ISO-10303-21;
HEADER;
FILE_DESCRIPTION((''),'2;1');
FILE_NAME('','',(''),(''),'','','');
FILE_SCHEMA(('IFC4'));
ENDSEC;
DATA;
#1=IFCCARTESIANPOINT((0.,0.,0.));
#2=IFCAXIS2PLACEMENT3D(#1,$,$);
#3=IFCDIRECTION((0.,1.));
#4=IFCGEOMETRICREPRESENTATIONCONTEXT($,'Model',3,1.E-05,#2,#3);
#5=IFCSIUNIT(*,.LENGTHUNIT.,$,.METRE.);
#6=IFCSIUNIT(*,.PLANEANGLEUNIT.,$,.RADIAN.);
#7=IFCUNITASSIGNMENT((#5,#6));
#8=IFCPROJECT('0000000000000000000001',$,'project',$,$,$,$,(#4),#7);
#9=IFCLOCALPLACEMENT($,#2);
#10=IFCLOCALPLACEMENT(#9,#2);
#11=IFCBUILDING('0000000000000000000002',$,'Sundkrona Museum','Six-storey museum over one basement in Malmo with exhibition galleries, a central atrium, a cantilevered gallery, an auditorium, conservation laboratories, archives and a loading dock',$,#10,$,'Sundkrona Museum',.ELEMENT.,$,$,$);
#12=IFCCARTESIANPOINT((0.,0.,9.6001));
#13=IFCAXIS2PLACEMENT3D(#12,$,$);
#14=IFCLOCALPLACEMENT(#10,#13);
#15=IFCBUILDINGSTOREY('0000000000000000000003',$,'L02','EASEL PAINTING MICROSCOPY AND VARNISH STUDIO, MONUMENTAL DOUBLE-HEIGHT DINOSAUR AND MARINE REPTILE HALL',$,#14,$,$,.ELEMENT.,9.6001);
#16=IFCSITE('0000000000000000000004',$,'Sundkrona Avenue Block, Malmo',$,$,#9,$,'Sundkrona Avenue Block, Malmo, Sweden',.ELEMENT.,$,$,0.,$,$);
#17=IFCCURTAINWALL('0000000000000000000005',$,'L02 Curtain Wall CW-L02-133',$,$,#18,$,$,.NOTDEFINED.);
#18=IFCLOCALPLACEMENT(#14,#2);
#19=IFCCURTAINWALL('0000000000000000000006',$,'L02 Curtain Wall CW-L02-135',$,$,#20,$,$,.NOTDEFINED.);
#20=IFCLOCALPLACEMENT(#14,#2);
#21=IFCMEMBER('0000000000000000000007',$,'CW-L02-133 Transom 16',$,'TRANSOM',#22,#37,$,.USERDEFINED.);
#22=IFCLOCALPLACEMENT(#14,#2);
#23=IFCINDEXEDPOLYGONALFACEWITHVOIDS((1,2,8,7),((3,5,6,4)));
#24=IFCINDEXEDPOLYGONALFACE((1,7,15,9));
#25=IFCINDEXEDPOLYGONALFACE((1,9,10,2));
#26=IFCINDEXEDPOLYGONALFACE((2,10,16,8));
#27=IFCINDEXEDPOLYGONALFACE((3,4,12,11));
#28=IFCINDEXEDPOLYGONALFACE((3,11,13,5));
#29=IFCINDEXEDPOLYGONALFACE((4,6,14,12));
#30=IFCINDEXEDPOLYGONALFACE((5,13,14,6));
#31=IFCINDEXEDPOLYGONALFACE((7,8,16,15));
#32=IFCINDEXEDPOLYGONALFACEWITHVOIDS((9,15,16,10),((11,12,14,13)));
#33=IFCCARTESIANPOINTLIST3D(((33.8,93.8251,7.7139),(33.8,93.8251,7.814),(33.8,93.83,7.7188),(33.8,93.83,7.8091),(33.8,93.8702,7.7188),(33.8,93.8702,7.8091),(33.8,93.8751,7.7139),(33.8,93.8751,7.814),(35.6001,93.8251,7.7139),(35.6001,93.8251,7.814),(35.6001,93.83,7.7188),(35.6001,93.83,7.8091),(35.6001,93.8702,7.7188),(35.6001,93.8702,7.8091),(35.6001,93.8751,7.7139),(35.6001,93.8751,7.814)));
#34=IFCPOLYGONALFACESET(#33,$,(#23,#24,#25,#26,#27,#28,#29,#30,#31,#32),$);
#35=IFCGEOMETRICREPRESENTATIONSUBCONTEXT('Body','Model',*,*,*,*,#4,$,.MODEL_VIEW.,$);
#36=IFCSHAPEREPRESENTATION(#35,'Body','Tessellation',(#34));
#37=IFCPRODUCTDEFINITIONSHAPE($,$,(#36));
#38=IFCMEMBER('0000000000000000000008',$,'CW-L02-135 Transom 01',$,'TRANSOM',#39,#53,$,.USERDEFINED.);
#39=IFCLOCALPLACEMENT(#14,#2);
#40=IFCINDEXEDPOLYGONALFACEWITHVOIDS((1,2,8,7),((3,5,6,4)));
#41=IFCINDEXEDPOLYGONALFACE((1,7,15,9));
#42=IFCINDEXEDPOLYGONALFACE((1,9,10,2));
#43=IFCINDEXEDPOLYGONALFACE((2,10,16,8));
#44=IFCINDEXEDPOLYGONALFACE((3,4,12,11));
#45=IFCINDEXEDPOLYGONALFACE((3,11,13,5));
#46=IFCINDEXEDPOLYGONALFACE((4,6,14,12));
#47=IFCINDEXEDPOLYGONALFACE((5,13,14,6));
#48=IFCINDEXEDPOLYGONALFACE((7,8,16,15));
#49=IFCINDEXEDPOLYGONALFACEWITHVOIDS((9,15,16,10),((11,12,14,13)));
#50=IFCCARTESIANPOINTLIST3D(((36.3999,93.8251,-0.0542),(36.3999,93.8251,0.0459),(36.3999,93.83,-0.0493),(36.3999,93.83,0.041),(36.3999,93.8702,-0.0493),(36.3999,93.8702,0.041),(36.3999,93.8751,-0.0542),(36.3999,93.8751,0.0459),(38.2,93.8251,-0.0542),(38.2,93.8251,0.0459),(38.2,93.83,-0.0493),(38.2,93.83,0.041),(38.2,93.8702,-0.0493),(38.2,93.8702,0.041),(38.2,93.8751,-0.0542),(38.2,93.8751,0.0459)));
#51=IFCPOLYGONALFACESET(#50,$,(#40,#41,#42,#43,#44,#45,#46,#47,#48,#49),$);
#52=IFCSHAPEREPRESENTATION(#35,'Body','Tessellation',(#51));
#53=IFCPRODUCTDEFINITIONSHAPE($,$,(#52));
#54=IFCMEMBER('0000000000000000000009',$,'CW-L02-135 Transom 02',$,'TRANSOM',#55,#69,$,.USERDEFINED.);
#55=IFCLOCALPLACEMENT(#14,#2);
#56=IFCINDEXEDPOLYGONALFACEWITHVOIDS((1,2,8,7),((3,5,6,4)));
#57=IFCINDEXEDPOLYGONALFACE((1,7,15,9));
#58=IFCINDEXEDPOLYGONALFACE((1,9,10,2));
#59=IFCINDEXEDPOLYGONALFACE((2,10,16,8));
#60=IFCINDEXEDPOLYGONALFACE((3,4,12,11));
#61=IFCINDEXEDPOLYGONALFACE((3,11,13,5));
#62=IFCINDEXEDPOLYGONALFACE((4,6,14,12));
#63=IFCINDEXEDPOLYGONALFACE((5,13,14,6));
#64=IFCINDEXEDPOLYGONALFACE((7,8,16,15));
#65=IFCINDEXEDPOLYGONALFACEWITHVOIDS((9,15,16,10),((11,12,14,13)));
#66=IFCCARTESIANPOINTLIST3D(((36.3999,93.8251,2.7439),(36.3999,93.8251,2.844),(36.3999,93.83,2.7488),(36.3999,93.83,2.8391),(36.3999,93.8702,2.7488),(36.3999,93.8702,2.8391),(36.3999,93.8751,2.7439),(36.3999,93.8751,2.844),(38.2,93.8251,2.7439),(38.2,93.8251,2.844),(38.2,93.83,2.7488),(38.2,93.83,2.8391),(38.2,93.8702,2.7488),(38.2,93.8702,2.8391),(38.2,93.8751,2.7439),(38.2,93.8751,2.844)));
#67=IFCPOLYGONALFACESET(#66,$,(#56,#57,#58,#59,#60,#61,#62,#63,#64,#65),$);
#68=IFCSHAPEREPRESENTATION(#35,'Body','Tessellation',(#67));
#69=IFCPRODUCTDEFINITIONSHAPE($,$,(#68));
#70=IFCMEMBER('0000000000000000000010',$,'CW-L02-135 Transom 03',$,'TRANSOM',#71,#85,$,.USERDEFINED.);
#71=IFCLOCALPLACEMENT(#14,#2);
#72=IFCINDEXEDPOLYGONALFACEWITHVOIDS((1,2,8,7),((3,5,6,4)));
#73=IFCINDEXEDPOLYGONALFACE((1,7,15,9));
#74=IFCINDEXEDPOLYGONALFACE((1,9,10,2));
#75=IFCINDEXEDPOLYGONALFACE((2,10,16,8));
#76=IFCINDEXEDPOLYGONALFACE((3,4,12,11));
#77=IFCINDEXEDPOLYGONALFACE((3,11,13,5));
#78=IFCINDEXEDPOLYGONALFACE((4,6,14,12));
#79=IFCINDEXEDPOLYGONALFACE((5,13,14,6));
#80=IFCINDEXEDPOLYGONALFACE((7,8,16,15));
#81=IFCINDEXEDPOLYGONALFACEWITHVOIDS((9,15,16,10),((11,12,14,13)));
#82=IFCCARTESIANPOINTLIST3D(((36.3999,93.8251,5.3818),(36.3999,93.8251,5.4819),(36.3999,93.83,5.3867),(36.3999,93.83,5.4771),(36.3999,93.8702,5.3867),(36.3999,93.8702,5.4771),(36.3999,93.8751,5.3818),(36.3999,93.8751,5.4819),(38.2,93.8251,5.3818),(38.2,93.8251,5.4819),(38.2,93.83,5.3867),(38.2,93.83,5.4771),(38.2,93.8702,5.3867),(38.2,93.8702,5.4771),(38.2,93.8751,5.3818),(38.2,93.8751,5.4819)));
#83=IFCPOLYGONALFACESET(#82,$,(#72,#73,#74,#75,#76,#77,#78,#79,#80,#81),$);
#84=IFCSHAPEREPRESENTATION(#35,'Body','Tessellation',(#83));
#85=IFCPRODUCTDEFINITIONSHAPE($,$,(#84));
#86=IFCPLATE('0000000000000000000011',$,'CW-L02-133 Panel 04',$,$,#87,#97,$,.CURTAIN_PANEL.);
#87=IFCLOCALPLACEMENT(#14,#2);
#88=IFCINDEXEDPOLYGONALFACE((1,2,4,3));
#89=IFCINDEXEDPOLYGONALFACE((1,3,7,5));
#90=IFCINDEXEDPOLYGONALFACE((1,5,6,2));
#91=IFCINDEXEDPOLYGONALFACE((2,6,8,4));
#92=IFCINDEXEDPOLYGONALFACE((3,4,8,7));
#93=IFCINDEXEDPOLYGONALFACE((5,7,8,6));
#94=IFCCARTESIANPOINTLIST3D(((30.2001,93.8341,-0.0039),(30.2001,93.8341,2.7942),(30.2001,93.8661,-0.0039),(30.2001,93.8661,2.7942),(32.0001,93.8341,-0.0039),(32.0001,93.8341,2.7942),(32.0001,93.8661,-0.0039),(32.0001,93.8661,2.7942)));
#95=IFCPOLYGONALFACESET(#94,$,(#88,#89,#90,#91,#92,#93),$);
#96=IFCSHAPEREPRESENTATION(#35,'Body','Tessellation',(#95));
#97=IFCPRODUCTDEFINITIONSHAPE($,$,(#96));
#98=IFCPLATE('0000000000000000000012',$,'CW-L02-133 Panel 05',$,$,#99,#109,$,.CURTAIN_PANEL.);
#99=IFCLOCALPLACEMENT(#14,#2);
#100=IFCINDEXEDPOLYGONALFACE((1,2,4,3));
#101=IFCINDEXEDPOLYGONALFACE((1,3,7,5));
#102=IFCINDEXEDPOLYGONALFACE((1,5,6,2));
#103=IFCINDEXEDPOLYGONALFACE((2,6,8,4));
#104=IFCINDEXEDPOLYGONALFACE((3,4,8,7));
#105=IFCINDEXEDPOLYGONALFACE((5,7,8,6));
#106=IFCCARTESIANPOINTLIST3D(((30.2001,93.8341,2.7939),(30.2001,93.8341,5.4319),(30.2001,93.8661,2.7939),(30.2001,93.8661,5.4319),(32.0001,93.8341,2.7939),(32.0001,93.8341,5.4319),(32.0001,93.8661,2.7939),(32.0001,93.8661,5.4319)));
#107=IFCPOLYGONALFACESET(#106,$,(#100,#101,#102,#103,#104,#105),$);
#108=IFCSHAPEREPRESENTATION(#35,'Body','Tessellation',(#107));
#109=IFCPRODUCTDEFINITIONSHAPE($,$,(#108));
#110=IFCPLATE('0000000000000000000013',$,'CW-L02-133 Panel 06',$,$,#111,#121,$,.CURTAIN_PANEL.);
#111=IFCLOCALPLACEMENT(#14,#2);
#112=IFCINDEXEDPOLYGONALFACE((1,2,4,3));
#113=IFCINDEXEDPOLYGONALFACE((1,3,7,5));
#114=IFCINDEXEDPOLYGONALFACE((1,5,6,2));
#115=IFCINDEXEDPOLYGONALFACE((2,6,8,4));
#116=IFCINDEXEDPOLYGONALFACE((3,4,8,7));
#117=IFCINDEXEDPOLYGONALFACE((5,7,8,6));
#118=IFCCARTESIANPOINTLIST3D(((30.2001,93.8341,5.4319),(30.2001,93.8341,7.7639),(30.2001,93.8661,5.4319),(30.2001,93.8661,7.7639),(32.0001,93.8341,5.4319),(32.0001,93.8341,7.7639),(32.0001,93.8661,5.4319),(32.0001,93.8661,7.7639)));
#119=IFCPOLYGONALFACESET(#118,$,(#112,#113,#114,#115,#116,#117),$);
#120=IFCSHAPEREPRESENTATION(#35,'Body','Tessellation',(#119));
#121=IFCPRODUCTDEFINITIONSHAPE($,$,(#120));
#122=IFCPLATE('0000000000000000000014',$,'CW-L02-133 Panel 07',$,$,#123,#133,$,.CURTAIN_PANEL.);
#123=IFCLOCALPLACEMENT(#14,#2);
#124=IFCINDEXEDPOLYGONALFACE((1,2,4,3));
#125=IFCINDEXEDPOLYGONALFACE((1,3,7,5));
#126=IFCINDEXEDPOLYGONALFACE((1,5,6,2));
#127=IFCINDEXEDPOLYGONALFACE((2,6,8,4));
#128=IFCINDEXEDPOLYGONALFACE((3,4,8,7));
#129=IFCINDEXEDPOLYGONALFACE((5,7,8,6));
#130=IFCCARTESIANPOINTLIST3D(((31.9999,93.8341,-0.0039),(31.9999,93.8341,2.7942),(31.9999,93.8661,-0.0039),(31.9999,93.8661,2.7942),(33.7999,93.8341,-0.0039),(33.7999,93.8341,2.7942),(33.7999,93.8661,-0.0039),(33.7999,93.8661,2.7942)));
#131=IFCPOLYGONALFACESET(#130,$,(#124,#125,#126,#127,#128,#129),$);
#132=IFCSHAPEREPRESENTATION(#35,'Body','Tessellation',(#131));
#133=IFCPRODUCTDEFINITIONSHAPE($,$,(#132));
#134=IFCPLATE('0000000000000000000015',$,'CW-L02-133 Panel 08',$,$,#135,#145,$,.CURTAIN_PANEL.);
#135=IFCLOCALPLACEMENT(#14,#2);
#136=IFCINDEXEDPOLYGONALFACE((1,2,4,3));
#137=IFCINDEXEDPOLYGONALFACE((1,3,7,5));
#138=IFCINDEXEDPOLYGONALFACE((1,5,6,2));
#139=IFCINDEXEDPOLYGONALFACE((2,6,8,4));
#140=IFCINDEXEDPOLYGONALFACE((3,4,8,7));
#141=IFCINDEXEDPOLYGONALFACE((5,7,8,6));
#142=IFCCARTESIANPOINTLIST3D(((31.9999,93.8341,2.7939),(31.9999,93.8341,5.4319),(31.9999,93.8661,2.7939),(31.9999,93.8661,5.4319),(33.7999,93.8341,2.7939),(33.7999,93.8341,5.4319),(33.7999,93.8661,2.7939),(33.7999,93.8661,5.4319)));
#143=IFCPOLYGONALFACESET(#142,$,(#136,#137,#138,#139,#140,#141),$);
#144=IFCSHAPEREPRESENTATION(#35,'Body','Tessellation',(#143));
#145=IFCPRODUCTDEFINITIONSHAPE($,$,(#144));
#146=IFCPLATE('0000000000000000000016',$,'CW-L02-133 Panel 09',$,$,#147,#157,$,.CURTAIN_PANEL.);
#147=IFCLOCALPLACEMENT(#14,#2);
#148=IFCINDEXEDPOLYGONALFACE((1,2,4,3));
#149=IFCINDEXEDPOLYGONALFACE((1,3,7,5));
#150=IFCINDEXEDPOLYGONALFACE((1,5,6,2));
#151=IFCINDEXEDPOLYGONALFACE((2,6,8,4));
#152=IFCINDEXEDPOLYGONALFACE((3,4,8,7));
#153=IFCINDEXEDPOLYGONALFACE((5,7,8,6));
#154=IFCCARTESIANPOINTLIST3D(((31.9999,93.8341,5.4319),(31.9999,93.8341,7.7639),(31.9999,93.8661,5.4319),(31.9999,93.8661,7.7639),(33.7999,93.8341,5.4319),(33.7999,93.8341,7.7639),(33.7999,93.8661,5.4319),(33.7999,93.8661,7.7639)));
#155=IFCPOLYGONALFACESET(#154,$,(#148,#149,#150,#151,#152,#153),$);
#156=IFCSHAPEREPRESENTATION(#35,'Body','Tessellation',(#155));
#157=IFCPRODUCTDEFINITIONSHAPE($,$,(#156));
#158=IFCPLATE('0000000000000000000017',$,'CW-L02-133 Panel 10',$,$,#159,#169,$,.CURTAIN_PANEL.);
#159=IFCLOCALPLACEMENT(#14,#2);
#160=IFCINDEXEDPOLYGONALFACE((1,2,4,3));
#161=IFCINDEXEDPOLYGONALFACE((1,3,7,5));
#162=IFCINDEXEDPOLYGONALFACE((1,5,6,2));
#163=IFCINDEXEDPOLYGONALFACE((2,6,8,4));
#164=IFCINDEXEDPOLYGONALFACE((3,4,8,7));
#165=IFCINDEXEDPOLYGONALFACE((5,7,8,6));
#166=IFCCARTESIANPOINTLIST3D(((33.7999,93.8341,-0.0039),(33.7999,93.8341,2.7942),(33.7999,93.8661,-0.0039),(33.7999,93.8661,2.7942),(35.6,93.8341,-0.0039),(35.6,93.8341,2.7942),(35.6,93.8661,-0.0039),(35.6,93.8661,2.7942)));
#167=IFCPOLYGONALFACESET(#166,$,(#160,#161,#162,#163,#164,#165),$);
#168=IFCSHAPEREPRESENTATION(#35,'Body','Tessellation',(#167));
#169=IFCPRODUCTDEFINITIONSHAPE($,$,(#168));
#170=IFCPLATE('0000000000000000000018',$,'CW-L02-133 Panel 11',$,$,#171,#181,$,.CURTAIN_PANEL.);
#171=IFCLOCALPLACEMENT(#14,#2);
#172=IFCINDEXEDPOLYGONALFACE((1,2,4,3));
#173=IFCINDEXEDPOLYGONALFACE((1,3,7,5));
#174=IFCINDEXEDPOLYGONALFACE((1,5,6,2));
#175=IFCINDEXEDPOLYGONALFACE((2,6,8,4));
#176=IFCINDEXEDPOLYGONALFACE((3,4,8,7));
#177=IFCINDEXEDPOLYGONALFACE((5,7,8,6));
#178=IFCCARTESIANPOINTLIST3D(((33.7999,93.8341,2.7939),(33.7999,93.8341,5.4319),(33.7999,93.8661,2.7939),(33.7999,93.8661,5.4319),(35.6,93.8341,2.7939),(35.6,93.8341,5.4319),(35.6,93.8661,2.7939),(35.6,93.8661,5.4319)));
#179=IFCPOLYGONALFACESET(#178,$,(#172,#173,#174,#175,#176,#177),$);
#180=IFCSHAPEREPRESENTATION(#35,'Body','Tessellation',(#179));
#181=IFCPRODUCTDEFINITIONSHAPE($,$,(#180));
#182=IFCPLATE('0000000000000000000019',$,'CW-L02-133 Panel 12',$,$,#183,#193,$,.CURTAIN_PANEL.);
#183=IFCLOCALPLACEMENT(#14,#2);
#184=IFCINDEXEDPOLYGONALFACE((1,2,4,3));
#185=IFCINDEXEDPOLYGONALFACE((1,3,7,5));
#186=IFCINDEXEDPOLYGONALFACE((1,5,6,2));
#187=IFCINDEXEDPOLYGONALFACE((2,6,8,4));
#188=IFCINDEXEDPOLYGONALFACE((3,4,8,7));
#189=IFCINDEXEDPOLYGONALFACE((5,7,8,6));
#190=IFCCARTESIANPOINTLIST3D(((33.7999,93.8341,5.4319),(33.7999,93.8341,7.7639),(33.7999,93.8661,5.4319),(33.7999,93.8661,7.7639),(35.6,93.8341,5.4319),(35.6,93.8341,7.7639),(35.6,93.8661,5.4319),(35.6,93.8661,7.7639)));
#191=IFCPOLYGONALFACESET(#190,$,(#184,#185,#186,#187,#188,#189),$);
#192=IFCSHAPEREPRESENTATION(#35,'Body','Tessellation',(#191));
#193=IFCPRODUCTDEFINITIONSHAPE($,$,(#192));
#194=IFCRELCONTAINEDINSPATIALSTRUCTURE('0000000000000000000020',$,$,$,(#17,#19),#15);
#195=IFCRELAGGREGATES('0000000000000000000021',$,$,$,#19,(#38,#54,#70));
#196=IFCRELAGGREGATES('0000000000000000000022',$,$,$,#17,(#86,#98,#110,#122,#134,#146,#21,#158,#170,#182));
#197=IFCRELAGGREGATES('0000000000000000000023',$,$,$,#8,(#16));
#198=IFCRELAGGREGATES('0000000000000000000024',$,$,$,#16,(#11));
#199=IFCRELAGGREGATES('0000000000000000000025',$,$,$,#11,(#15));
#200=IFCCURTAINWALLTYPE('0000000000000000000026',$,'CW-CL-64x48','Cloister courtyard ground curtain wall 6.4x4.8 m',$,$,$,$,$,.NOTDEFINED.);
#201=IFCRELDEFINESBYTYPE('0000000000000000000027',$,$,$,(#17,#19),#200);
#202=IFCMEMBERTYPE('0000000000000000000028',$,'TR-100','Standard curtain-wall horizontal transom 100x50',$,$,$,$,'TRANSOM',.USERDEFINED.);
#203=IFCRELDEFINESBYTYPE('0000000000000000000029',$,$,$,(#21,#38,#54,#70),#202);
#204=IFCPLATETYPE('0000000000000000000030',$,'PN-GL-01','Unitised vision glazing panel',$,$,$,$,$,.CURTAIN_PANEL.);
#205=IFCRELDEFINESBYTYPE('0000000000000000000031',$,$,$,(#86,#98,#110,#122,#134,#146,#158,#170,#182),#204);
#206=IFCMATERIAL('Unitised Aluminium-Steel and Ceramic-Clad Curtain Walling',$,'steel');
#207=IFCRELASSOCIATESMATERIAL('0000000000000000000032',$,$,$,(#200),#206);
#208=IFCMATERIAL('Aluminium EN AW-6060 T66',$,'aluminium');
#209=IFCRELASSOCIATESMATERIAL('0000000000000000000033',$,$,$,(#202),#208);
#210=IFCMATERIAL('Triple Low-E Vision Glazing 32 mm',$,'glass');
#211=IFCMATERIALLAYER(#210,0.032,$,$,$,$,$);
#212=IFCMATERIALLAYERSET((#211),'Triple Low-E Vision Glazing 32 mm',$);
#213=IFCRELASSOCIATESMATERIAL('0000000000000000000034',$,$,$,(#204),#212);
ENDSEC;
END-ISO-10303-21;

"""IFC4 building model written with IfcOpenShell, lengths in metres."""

from ifc_helpers import new_model, si_unit, direction, frame, origin, origin_2d, place, context, subcontext, project, spatial, rectangle, hollow_rectangle, extrude, material, layer, layer_set, material_profile, profile_set, type_object, element, aggregate, save


model = new_model("IFC4")

# Units and contexts
model_context = context("Model", 3, precision=1e-05, world=origin(), true_north=direction((0.0, 1.0)))
body_context = subcontext(model_context, "Body", "Model", "MODEL_VIEW")
ifc_project = project(units=[si_unit("LENGTHUNIT", "METRE"), si_unit("PLANEANGLEUNIT", "RADIAN")], contexts=[model_context])

# Site, building, storey
site_placement = place(None, origin())
site = spatial("IfcSite", under=ifc_project, at=site_placement, Name="Sundkrona Avenue Block, Malmo", LongName="Sundkrona Avenue Block, Malmo, Sweden", CompositionType="ELEMENT", RefElevation=0.0)
building_placement = place(site_placement, origin())
building = spatial("IfcBuilding", under=site, at=building_placement, Name="Sundkrona Museum", Description="Six-storey museum over one basement in Malmo with exhibition galleries, a central atrium, a cantilevered gallery, an auditorium, conservation laboratories, archives and a loading dock", LongName="Sundkrona Museum", CompositionType="ELEMENT")
storey_placement = place(building_placement, frame((0.0, 0.0, 9.6001)))
storey = spatial("IfcBuildingStorey", under=building, at=storey_placement, Name="L02", Description="EASEL PAINTING MICROSCOPY AND VARNISH STUDIO, MONUMENTAL DOUBLE-HEIGHT DINOSAUR AND MARINE REPTILE HALL", CompositionType="ELEMENT", Elevation=9.6001)

# Curtain wall
ifc_material_1 = material(Name="Unitised Aluminium-Steel and Ceramic-Clad Curtain Walling", Category="steel")
curtain_wall_type = type_object("IfcCurtainWallType", Name="CW-CL-64x48", Description="Cloister courtyard ground curtain wall 6.4x4.8 m", PredefinedType="NOTDEFINED", material=ifc_material_1)
curtain_wall_1_placement = place(storey_placement, origin())
curtain_wall_1 = element("IfcCurtainWall", 1, at=curtain_wall_1_placement, inside=storey, type_object=curtain_wall_type, Name="L02 Curtain Wall CW-L02-133", PredefinedType="NOTDEFINED")
ifc_material_2 = material(Name="Aluminium EN AW-6060 T66", Category="aluminium")

# Curtain wall
curtain_wall_2_placement = place(storey_placement, origin())
curtain_wall_2 = element("IfcCurtainWall", 2, at=curtain_wall_2_placement, inside=storey, type_object=curtain_wall_type, Name="L02 Curtain Wall CW-L02-135", PredefinedType="NOTDEFINED")

# Members
ifc_material_profile_1 = material_profile(ifc_material_2, hollow_rectangle(XDim=0.05, YDim=0.1001, WallThickness=0.0049, at=origin_2d()), Name="RHS 100x50x5.0")
ifc_profile_set_1 = profile_set([ifc_material_profile_1], Name="Aluminium EN AW-6060 T66")
member_type_1 = type_object("IfcMemberType", Name="TR-100", Description="Standard curtain-wall horizontal transom 100x50", ElementType="TRANSOM", PredefinedType="USERDEFINED", material=ifc_profile_set_1)
member_1_placement = place(storey_placement, frame((33.8, 93.8501, 7.7639), z_axis=(1.0, 0.0, 0.0), x_axis=(0.0, 1.0, 0.0)))
member_1 = element("IfcMember", 3, at=member_1_placement, type_object=member_type_1, Name="CW-L02-133 Transom 16", ObjectType="TRANSOM", PredefinedType="USERDEFINED", context=body_context, shape_type="SweptSolid", body=[
    extrude(hollow_rectangle(XDim=0.05, YDim=0.1001, WallThickness=0.0049, at=origin_2d()), origin(), (0.0, 0.0, 1.0), 1.8),
])
member_2_placement = place(storey_placement, frame((36.3999, 93.8501, -0.0042), z_axis=(1.0, 0.0, 0.0), x_axis=(0.0, 1.0, 0.0)))
member_2 = element("IfcMember", 4, at=member_2_placement, type_object=member_type_1, Name="CW-L02-135 Transom 01", ObjectType="TRANSOM", PredefinedType="USERDEFINED", context=body_context, shape_type="SweptSolid", body=[
    extrude(hollow_rectangle(XDim=0.05, YDim=0.1001, WallThickness=0.0049, at=origin_2d()), origin(), (0.0, 0.0, 1.0), 1.8),
])
member_3_placement = place(storey_placement, frame((36.3999, 93.8501, 2.7939), z_axis=(1.0, 0.0, 0.0), x_axis=(0.0, 1.0, 0.0)))
member_3 = element("IfcMember", 5, at=member_3_placement, type_object=member_type_1, Name="CW-L02-135 Transom 02", ObjectType="TRANSOM", PredefinedType="USERDEFINED", context=body_context, shape_type="SweptSolid", body=[
    extrude(hollow_rectangle(XDim=0.05, YDim=0.1001, WallThickness=0.0049, at=origin_2d()), origin(), (0.0, 0.0, 1.0), 1.8),
])
member_4_placement = place(storey_placement, frame((36.3999, 93.8501, 5.4319), z_axis=(1.0, 0.0, 0.0), x_axis=(0.0, 1.0, 0.0)))
member_4 = element("IfcMember", 6, at=member_4_placement, type_object=member_type_1, Name="CW-L02-135 Transom 03", ObjectType="TRANSOM", PredefinedType="USERDEFINED", context=body_context, shape_type="SweptSolid", body=[
    extrude(hollow_rectangle(XDim=0.05, YDim=0.1001, WallThickness=0.0049, at=origin_2d()), origin(), (0.0, 0.0, 1.0), 1.8),
])
aggregate(curtain_wall_2, [member_2, member_3, member_4])

# Plates
ifc_material_3 = material(Name="Triple Low-E Vision Glazing 32 mm", Category="glass")
ifc_layer = layer(ifc_material_3, 0.032)
ifc_layer_set = layer_set([ifc_layer], Name="Triple Low-E Vision Glazing 32 mm")
plate_type = type_object("IfcPlateType", Name="PN-GL-01", Description="Unitised vision glazing panel", PredefinedType="CURTAIN_PANEL", material=ifc_layer_set)
plate_1_placement = place(storey_placement, frame((31.1001, 93.8501, -0.0039), z_axis=(0.0, 0.0, 1.0), x_axis=(1.0, 0.0, 0.0)))
plate_1 = element("IfcPlate", 7, at=plate_1_placement, type_object=plate_type, Name="CW-L02-133 Panel 04", PredefinedType="CURTAIN_PANEL", context=body_context, shape_type="SweptSolid", body=[
    extrude(rectangle(XDim=1.8, YDim=0.032, at=origin_2d()), origin(), (0.0, 0.0, 1.0), 2.7981),
])
plate_2_placement = place(storey_placement, frame((31.1001, 93.8501, 2.7939), z_axis=(0.0, 0.0, 1.0), x_axis=(1.0, 0.0, 0.0)))
plate_2 = element("IfcPlate", 8, at=plate_2_placement, type_object=plate_type, Name="CW-L02-133 Panel 05", PredefinedType="CURTAIN_PANEL", context=body_context, shape_type="SweptSolid", body=[
    extrude(rectangle(XDim=1.8, YDim=0.032, at=origin_2d()), origin(), (0.0, 0.0, 1.0), 2.6379),
])
plate_3_placement = place(storey_placement, frame((31.1001, 93.8501, 5.4319), z_axis=(0.0, 0.0, 1.0), x_axis=(1.0, 0.0, 0.0)))
plate_3 = element("IfcPlate", 9, at=plate_3_placement, type_object=plate_type, Name="CW-L02-133 Panel 06", PredefinedType="CURTAIN_PANEL", context=body_context, shape_type="SweptSolid", body=[
    extrude(rectangle(XDim=1.8, YDim=0.032, at=origin_2d()), origin(), (0.0, 0.0, 1.0), 2.332),
])
plate_4_placement = place(storey_placement, frame((32.8999, 93.8501, -0.0039), z_axis=(0.0, 0.0, 1.0), x_axis=(1.0, 0.0, 0.0)))
plate_4 = element("IfcPlate", 10, at=plate_4_placement, type_object=plate_type, Name="CW-L02-133 Panel 07", PredefinedType="CURTAIN_PANEL", context=body_context, shape_type="SweptSolid", body=[
    extrude(rectangle(XDim=1.8, YDim=0.032, at=origin_2d()), origin(), (0.0, 0.0, 1.0), 2.7981),
])
plate_5_placement = place(storey_placement, frame((32.8999, 93.8501, 2.7939), z_axis=(0.0, 0.0, 1.0), x_axis=(1.0, 0.0, 0.0)))
plate_5 = element("IfcPlate", 11, at=plate_5_placement, type_object=plate_type, Name="CW-L02-133 Panel 08", PredefinedType="CURTAIN_PANEL", context=body_context, shape_type="SweptSolid", body=[
    extrude(rectangle(XDim=1.8, YDim=0.032, at=origin_2d()), origin(), (0.0, 0.0, 1.0), 2.6379),
])
plate_6_placement = place(storey_placement, frame((32.8999, 93.8501, 5.4319), z_axis=(0.0, 0.0, 1.0), x_axis=(1.0, 0.0, 0.0)))
plate_6 = element("IfcPlate", 12, at=plate_6_placement, type_object=plate_type, Name="CW-L02-133 Panel 09", PredefinedType="CURTAIN_PANEL", context=body_context, shape_type="SweptSolid", body=[
    extrude(rectangle(XDim=1.8, YDim=0.032, at=origin_2d()), origin(), (0.0, 0.0, 1.0), 2.332),
])
plate_7_placement = place(storey_placement, frame((34.7, 93.8501, -0.0039), z_axis=(0.0, 0.0, 1.0), x_axis=(1.0, 0.0, 0.0)))
plate_7 = element("IfcPlate", 13, at=plate_7_placement, type_object=plate_type, Name="CW-L02-133 Panel 10", PredefinedType="CURTAIN_PANEL", context=body_context, shape_type="SweptSolid", body=[
    extrude(rectangle(XDim=1.8, YDim=0.032, at=origin_2d()), origin(), (0.0, 0.0, 1.0), 2.7981),
])
plate_8_placement = place(storey_placement, frame((34.7, 93.8501, 2.7939), z_axis=(0.0, 0.0, 1.0), x_axis=(1.0, 0.0, 0.0)))
plate_8 = element("IfcPlate", 14, at=plate_8_placement, type_object=plate_type, Name="CW-L02-133 Panel 11", PredefinedType="CURTAIN_PANEL", context=body_context, shape_type="SweptSolid", body=[
    extrude(rectangle(XDim=1.8, YDim=0.032, at=origin_2d()), origin(), (0.0, 0.0, 1.0), 2.6379),
])
plate_9_placement = place(storey_placement, frame((34.7, 93.8501, 5.4319), z_axis=(0.0, 0.0, 1.0), x_axis=(1.0, 0.0, 0.0)))
plate_9 = element("IfcPlate", 15, at=plate_9_placement, type_object=plate_type, Name="CW-L02-133 Panel 12", PredefinedType="CURTAIN_PANEL", context=body_context, shape_type="SweptSolid", body=[
    extrude(rectangle(XDim=1.8, YDim=0.032, at=origin_2d()), origin(), (0.0, 0.0, 1.0), 2.332),
])
aggregate(curtain_wall_1, [plate_1, plate_2, plate_3, plate_4, plate_5, plate_6, member_1, plate_7, plate_8, plate_9])

save(model, "model.ifc")
